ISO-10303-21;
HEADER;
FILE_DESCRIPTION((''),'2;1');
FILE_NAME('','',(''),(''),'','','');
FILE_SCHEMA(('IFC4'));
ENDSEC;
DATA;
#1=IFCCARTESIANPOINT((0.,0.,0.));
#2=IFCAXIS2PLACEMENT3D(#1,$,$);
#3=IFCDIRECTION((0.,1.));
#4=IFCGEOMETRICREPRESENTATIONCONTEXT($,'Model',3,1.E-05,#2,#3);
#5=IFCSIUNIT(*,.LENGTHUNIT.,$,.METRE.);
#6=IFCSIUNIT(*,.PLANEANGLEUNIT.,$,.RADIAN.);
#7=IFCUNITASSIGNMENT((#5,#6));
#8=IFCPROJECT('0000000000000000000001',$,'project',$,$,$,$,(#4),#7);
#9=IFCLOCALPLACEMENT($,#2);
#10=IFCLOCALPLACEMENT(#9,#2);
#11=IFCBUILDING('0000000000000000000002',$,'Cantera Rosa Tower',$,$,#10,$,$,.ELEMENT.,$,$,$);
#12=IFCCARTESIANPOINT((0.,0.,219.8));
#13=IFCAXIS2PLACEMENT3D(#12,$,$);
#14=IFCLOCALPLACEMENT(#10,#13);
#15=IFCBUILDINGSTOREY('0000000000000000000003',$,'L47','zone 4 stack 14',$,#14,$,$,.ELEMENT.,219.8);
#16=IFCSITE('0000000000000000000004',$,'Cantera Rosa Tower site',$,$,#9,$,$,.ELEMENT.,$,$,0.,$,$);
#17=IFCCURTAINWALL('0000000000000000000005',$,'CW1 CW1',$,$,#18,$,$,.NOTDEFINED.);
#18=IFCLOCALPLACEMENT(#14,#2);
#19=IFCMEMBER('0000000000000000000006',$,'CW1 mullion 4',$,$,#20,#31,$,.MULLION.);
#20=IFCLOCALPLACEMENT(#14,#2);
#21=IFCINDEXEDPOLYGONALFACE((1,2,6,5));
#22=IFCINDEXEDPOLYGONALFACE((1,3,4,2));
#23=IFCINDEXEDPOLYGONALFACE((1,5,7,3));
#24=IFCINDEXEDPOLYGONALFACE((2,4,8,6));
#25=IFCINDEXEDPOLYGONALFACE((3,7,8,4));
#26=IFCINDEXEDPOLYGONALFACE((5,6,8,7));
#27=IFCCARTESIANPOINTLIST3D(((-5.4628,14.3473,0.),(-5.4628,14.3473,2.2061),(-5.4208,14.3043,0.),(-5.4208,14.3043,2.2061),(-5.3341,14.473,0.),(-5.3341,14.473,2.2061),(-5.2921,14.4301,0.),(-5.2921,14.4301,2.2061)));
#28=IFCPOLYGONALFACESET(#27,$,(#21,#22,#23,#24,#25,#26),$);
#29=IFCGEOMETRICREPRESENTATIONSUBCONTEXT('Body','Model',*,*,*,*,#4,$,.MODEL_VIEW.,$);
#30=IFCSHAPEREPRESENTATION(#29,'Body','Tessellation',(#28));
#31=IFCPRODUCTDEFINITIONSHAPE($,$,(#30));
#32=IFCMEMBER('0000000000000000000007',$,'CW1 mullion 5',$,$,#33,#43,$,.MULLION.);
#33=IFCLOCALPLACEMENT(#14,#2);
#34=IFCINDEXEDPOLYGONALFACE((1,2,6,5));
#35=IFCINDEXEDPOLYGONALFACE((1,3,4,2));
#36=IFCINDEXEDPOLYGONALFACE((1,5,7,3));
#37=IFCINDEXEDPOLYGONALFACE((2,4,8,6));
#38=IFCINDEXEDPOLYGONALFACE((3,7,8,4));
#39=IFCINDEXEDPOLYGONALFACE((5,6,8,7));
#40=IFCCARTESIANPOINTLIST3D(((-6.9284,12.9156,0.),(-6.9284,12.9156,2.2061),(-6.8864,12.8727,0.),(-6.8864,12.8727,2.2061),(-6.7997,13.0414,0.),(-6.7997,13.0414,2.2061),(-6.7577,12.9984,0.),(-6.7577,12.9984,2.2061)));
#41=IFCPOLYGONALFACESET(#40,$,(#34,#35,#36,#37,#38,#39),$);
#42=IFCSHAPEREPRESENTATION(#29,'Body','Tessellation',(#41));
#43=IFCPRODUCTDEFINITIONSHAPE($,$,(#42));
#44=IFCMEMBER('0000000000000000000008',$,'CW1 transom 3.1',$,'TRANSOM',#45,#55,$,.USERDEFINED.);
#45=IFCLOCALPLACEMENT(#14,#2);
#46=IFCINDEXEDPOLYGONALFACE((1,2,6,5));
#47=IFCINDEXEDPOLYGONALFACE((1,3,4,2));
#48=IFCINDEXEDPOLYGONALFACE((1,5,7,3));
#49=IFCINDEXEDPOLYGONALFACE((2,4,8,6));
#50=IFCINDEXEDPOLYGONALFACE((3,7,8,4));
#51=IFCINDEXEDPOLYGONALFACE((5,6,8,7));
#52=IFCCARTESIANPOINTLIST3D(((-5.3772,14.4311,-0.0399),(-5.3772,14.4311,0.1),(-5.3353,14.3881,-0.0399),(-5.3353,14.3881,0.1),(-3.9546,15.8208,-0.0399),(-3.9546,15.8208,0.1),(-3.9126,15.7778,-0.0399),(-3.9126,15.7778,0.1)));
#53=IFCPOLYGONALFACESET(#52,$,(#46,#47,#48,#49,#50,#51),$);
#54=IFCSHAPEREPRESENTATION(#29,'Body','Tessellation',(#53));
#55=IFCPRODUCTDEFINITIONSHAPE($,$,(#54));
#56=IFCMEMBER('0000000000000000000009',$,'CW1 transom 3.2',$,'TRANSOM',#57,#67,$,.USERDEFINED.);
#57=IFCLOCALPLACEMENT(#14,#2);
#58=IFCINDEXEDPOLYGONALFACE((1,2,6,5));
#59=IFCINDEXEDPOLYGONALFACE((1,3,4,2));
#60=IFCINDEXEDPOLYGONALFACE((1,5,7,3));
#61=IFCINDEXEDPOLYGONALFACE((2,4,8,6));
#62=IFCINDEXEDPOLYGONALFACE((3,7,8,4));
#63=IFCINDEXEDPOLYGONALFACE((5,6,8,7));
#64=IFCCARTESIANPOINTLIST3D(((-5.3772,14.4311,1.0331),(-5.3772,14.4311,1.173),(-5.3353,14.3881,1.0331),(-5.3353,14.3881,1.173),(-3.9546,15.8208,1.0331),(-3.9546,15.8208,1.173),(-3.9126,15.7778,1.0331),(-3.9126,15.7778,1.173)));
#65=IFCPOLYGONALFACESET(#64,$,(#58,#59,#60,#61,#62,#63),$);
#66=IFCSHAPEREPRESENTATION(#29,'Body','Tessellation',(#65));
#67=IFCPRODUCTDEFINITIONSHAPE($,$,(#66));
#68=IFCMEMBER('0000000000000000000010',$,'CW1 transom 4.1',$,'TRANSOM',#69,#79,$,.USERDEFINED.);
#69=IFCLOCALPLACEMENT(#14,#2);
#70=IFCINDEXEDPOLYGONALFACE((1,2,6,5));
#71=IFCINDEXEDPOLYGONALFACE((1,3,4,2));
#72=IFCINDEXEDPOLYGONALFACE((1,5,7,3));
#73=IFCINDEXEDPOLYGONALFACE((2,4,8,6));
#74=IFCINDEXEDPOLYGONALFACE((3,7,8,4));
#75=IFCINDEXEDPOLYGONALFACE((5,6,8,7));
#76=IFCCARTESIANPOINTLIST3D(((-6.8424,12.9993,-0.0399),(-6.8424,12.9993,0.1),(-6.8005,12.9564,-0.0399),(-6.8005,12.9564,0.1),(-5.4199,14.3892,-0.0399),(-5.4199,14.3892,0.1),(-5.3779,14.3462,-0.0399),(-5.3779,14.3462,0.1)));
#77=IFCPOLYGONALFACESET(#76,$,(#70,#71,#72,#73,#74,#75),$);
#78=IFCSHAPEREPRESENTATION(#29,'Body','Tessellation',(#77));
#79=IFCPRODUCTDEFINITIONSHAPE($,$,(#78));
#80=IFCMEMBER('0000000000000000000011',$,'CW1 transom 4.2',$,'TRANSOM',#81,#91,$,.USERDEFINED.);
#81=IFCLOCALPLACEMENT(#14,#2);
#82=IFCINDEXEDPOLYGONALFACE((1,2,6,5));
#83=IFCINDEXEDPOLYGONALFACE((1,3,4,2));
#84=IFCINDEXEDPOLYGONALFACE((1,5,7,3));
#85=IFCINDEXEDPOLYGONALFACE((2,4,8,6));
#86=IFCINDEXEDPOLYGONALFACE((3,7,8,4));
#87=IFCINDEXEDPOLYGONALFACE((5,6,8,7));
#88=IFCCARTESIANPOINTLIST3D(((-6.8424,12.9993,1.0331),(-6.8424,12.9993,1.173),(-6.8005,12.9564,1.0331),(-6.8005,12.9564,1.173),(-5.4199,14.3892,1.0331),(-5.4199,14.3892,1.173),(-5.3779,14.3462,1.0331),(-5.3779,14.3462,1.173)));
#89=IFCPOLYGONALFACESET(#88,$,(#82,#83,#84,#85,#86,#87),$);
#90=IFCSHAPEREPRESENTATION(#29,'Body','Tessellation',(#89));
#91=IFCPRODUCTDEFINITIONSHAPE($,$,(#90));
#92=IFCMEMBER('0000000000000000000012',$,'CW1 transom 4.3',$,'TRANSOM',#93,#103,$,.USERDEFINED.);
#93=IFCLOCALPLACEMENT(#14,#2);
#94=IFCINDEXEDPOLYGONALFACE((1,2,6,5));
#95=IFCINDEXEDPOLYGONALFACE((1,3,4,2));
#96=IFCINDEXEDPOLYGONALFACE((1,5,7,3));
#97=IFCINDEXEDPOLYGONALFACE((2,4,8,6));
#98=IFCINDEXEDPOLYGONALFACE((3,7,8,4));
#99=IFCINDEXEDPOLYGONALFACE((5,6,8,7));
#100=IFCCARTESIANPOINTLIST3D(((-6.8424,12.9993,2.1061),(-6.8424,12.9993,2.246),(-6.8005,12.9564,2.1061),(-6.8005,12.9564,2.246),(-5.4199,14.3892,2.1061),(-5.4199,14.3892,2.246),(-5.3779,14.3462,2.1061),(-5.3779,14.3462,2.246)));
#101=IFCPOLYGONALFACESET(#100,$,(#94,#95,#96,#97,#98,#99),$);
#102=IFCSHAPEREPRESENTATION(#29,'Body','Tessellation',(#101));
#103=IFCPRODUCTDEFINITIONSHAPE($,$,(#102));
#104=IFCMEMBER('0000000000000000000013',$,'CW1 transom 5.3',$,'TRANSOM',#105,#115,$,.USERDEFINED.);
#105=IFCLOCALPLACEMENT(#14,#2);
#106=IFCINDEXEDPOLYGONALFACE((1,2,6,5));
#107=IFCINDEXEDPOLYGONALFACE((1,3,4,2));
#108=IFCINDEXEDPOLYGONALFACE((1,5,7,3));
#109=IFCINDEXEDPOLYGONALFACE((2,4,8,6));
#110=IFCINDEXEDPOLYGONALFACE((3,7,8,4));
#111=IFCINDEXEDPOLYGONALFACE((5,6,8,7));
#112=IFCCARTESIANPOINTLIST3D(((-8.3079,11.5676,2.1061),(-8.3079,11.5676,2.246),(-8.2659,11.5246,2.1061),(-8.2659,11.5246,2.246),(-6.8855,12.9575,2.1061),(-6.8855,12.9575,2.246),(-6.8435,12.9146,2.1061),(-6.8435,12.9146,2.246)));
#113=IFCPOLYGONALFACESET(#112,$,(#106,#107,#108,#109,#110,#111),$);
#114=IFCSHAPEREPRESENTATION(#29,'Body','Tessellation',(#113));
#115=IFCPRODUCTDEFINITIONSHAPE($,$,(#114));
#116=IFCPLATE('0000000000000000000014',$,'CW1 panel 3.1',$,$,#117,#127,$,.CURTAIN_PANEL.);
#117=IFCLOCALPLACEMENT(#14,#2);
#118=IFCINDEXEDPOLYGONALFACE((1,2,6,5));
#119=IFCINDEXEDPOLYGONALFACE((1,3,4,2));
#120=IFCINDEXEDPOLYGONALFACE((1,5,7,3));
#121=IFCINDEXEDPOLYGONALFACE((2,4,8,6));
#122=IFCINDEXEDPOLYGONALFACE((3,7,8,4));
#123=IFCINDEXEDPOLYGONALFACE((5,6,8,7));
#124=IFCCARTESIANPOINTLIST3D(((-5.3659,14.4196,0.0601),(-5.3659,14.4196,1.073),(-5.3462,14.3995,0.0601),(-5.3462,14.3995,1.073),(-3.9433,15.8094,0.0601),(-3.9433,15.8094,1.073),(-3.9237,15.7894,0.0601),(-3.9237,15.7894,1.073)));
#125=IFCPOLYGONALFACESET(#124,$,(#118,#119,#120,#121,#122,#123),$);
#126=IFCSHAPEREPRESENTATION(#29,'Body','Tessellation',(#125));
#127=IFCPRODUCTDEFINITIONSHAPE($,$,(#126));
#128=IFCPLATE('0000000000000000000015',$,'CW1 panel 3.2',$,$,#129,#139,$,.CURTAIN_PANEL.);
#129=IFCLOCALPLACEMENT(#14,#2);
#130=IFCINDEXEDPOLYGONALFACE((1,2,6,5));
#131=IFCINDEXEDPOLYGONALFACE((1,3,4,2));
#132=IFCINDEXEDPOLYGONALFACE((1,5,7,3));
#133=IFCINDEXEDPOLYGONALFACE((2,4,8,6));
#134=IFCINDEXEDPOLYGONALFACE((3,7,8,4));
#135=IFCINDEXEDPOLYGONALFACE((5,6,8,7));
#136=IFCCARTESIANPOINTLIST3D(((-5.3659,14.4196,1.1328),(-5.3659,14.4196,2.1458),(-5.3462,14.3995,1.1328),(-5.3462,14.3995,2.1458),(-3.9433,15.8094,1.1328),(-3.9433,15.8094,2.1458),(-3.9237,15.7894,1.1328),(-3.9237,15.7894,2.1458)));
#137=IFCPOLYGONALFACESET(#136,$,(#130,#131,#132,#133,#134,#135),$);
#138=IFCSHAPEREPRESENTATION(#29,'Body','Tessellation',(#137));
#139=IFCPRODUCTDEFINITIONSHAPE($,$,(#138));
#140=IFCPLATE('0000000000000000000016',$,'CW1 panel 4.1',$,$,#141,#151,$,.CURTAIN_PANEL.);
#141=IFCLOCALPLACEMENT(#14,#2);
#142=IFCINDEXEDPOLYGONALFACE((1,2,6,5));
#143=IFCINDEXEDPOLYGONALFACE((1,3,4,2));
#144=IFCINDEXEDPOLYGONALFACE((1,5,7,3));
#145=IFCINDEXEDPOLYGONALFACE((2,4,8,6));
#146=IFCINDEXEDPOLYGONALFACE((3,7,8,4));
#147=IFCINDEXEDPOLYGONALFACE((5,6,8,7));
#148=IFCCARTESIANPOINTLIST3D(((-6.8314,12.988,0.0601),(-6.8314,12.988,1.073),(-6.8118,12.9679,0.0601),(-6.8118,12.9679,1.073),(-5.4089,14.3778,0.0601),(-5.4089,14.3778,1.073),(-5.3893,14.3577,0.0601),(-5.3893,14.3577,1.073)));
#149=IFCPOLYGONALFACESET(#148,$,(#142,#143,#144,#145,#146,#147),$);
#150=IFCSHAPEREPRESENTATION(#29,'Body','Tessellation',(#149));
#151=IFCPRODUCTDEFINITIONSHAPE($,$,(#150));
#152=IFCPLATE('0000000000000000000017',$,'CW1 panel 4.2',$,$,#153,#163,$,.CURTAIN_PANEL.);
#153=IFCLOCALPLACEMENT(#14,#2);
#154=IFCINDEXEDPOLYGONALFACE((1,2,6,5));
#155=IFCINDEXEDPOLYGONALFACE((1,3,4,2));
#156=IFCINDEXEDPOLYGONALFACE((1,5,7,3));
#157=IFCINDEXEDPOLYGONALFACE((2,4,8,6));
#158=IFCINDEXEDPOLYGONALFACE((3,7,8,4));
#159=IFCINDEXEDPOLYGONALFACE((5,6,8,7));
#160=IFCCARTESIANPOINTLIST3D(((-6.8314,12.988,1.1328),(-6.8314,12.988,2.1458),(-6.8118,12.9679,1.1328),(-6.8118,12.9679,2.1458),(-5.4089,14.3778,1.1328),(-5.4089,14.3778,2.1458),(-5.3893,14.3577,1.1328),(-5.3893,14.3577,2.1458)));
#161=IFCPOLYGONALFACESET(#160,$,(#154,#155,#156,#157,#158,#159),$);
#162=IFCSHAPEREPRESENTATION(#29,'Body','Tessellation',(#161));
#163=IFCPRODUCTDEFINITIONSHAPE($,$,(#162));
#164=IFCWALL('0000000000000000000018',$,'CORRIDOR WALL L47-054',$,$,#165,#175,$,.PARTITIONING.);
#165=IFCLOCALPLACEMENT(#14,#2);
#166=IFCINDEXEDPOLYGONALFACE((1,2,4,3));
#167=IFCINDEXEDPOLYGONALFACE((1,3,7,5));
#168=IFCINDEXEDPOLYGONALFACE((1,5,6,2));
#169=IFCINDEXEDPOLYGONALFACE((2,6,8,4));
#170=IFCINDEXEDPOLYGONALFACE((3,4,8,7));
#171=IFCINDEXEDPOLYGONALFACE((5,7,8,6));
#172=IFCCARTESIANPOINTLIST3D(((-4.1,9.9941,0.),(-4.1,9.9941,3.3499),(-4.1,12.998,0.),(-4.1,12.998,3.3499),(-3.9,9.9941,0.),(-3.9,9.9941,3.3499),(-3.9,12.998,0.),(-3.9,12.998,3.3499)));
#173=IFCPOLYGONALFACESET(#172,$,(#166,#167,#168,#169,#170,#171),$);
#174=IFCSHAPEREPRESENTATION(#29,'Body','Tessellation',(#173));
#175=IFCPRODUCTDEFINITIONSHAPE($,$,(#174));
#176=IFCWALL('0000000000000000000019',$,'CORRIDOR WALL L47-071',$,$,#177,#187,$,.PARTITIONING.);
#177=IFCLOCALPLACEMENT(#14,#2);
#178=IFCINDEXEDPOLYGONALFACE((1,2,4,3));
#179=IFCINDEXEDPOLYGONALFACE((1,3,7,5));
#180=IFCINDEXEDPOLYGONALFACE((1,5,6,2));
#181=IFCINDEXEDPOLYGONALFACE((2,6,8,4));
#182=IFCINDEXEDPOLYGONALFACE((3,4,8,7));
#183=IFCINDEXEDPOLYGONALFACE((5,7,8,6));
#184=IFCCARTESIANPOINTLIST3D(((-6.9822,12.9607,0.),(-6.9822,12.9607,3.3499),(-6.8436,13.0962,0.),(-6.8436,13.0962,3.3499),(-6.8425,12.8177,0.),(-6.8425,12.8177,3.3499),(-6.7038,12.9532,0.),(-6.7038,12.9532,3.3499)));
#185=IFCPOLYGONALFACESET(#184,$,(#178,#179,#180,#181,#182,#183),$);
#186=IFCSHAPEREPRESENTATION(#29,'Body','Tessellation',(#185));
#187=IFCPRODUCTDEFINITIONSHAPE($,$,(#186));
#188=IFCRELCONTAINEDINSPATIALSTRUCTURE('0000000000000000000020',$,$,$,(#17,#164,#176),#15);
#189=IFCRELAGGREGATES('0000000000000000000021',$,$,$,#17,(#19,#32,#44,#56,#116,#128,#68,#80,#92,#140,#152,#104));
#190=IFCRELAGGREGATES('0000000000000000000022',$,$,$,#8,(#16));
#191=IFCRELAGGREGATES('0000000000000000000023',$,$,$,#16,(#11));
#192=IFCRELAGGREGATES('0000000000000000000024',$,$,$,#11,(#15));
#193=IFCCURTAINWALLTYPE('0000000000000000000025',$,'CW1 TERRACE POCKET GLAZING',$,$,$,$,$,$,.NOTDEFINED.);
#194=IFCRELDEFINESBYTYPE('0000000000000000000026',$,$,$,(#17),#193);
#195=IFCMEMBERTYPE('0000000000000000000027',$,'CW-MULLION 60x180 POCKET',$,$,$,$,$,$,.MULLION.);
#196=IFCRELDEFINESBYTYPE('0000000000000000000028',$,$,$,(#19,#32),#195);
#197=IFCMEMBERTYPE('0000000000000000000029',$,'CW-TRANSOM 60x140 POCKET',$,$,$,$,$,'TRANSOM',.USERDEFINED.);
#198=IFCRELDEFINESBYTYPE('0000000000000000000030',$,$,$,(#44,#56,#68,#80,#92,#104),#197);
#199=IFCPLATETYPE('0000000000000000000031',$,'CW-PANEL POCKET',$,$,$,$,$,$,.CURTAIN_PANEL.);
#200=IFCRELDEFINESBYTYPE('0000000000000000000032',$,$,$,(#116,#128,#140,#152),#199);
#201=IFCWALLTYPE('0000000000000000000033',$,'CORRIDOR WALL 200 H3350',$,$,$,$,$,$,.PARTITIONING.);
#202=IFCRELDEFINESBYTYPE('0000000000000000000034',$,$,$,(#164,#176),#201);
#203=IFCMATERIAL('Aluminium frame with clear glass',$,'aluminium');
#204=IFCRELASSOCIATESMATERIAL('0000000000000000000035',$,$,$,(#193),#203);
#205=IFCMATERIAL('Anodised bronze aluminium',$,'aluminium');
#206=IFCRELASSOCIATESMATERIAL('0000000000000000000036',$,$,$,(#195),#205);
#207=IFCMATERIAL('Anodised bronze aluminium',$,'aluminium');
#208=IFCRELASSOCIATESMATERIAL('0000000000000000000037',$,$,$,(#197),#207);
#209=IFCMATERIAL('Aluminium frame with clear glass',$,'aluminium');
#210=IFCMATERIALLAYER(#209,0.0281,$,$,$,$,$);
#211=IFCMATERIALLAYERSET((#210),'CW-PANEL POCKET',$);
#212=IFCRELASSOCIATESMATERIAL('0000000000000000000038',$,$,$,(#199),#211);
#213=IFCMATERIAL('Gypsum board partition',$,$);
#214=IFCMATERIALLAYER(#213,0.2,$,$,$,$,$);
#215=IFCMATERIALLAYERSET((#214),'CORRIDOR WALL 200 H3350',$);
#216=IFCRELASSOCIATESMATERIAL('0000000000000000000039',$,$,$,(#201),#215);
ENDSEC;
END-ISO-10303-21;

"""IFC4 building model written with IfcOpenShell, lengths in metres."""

from ifc_helpers import new_model, si_unit, direction, frame, frame_2d, origin, origin_2d, place, context, subcontext, project, spatial, rectangle, extrude, material, layer, layer_set, material_profile, profile_set, type_object, element, aggregate, save


model = new_model("IFC4")

# Units and contexts
model_context = context("Model", 3, precision=1e-05, world=origin(), true_north=direction((0.0, 1.0)))
body_context = subcontext(model_context, "Body", "Model", "MODEL_VIEW")
ifc_project = project(units=[si_unit("LENGTHUNIT", "METRE"), si_unit("PLANEANGLEUNIT", "RADIAN")], contexts=[model_context])

# Site, building, storey
site_placement = place(None, origin())
site = spatial("IfcSite", under=ifc_project, at=site_placement, Name="Cantera Rosa Tower site", CompositionType="ELEMENT", RefElevation=0.0)
building_placement = place(site_placement, origin())
building = spatial("IfcBuilding", under=site, at=building_placement, Name="Cantera Rosa Tower", CompositionType="ELEMENT")
storey_placement = place(building_placement, frame((0.0, 0.0, 219.8)))
storey = spatial("IfcBuildingStorey", under=building, at=storey_placement, Name="L47", Description="zone 4 stack 14", CompositionType="ELEMENT", Elevation=219.8)

# Curtain wall, members, plates
ifc_material_1 = material(Name="Aluminium frame with clear glass", Category="aluminium")
curtain_wall_type = type_object("IfcCurtainWallType", Name="CW1 TERRACE POCKET GLAZING", PredefinedType="NOTDEFINED", material=ifc_material_1)
curtain_wall_placement = place(storey_placement, origin())
curtain_wall = element("IfcCurtainWall", 1, at=curtain_wall_placement, inside=storey, type_object=curtain_wall_type, Name="CW1 CW1", PredefinedType="NOTDEFINED")
ifc_material_2 = material(Name="Anodised bronze aluminium", Category="aluminium")
ifc_material_profile_1 = material_profile(ifc_material_2, rectangle(XDim=0.0601, YDim=0.1799, at=origin_2d()), Name="CW-MULLION 60x180 POCKET")
ifc_profile_set_1 = profile_set([ifc_material_profile_1], Name="Anodised bronze aluminium")
member_type_1 = type_object("IfcMemberType", Name="CW-MULLION 60x180 POCKET", PredefinedType="MULLION", material=ifc_profile_set_1)
member_1_placement = place(storey_placement, frame((-5.3774, 14.3887, 0.0), z_axis=(0.0, 0.0, 1.0), x_axis=(0.698832, -0.715286, 0.0)))
member_1 = element("IfcMember", 2, at=member_1_placement, type_object=member_type_1, Name="CW1 mullion 4", PredefinedType="MULLION", context=body_context, shape_type="SweptSolid", body=[
    extrude(rectangle(XDim=0.0601, YDim=0.1799, at=origin_2d()), origin(), (0.0, 0.0, 1.0), 2.2061),
])
member_2_placement = place(storey_placement, frame((-6.843, 12.957, 0.0), z_axis=(0.0, 0.0, 1.0), x_axis=(0.698832, -0.715286, 0.0)))
member_2 = element("IfcMember", 3, at=member_2_placement, type_object=member_type_1, Name="CW1 mullion 5", PredefinedType="MULLION", context=body_context, shape_type="SweptSolid", body=[
    extrude(rectangle(XDim=0.0601, YDim=0.1799, at=origin_2d()), origin(), (0.0, 0.0, 1.0), 2.2061),
])
ifc_material_3 = material(Name="Anodised bronze aluminium", Category="aluminium")
ifc_material_profile_2 = material_profile(ifc_material_3, rectangle(XDim=0.0601, YDim=0.1399, at=origin_2d()), Name="CW-TRANSOM 60x140 POCKET")
ifc_profile_set_2 = profile_set([ifc_material_profile_2], Name="Anodised bronze aluminium")
member_type_2 = type_object("IfcMemberType", Name="CW-TRANSOM 60x140 POCKET", ElementType="TRANSOM", PredefinedType="USERDEFINED", material=ifc_profile_set_2)
member_3_placement = place(storey_placement, frame((-3.9336, 15.7993, 0.03), z_axis=(-0.715345, -0.698772, 0.0), x_axis=(0.698772, -0.715345, 0.0)))
member_3 = element("IfcMember", 4, at=member_3_placement, type_object=member_type_2, Name="CW1 transom 3.1", ObjectType="TRANSOM", PredefinedType="USERDEFINED", context=body_context, shape_type="SweptSolid", body=[
    extrude(rectangle(XDim=0.0601, YDim=0.1399, at=origin_2d()), origin(), (0.0, 0.0, 1.0), 1.9888),
])
member_4_placement = place(storey_placement, frame((-3.9336, 15.7993, 1.103), z_axis=(-0.715345, -0.698772, 0.0), x_axis=(0.698772, -0.715345, 0.0)))
member_4 = element("IfcMember", 5, at=member_4_placement, type_object=member_type_2, Name="CW1 transom 3.2", ObjectType="TRANSOM", PredefinedType="USERDEFINED", context=body_context, shape_type="SweptSolid", body=[
    extrude(rectangle(XDim=0.0601, YDim=0.1399, at=origin_2d()), origin(), (0.0, 0.0, 1.0), 1.9888),
])
member_5_placement = place(storey_placement, frame((-5.3989, 14.3677, 0.03), z_axis=(-0.715283, -0.698834, 0.0), x_axis=(0.698834, -0.715283, 0.0)))
member_5 = element("IfcMember", 6, at=member_5_placement, type_object=member_type_2, Name="CW1 transom 4.1", ObjectType="TRANSOM", PredefinedType="USERDEFINED", context=body_context, shape_type="SweptSolid", body=[
    extrude(rectangle(XDim=0.0601, YDim=0.1399, at=origin_2d()), origin(), (0.0, 0.0, 1.0), 1.9888),
])
member_6_placement = place(storey_placement, frame((-5.3989, 14.3677, 1.103), z_axis=(-0.715283, -0.698834, 0.0), x_axis=(0.698834, -0.715283, 0.0)))
member_6 = element("IfcMember", 7, at=member_6_placement, type_object=member_type_2, Name="CW1 transom 4.2", ObjectType="TRANSOM", PredefinedType="USERDEFINED", context=body_context, shape_type="SweptSolid", body=[
    extrude(rectangle(XDim=0.0601, YDim=0.1399, at=origin_2d()), origin(), (0.0, 0.0, 1.0), 1.9888),
])
member_7_placement = place(storey_placement, frame((-5.3989, 14.3677, 2.176), z_axis=(-0.715283, -0.698834, 0.0), x_axis=(0.698834, -0.715283, 0.0)))
member_7 = element("IfcMember", 8, at=member_7_placement, type_object=member_type_2, Name="CW1 transom 4.3", ObjectType="TRANSOM", PredefinedType="USERDEFINED", context=body_context, shape_type="SweptSolid", body=[
    extrude(rectangle(XDim=0.0601, YDim=0.1399, at=origin_2d()), origin(), (0.0, 0.0, 1.0), 1.9888),
])
member_8_placement = place(storey_placement, frame((-6.8645, 12.936, 2.176), z_axis=(-0.715223, -0.698896, 0.0), x_axis=(0.698896, -0.715223, 0.0)))
member_8 = element("IfcMember", 9, at=member_8_placement, type_object=member_type_2, Name="CW1 transom 5.3", ObjectType="TRANSOM", PredefinedType="USERDEFINED", context=body_context, shape_type="SweptSolid", body=[
    extrude(rectangle(XDim=0.0601, YDim=0.1399, at=origin_2d()), origin(), (0.0, 0.0, 1.0), 1.9888),
])
ifc_material_4 = material(Name="Aluminium frame with clear glass", Category="aluminium")
ifc_layer_1 = layer(ifc_material_4, 0.0281)
ifc_layer_set_1 = layer_set([ifc_layer_1], Name="CW-PANEL POCKET")
plate_type = type_object("IfcPlateType", Name="CW-PANEL POCKET", PredefinedType="CURTAIN_PANEL", material=ifc_layer_set_1)
plate_1_placement = place(storey_placement, frame((-4.6448, 15.1045, 0.0601), z_axis=(0.0, 0.0, 1.0), x_axis=(-0.715286, -0.698832, 0.0)))
plate_1 = element("IfcPlate", 10, at=plate_1_placement, type_object=plate_type, Name="CW1 panel 3.1", PredefinedType="CURTAIN_PANEL", context=body_context, shape_type="SweptSolid", body=[
    extrude(rectangle(XDim=1.9888, YDim=0.0281, at=origin_2d()), origin(), (0.0, 0.0, 1.0), 1.0129),
])
plate_2_placement = place(storey_placement, frame((-4.6448, 15.1045, 1.1328), z_axis=(0.0, 0.0, 1.0), x_axis=(-0.715286, -0.698832, 0.0)))
plate_2 = element("IfcPlate", 11, at=plate_2_placement, type_object=plate_type, Name="CW1 panel 3.2", PredefinedType="CURTAIN_PANEL", context=body_context, shape_type="SweptSolid", body=[
    extrude(rectangle(XDim=1.9888, YDim=0.0281, at=origin_2d()), origin(), (0.0, 0.0, 1.0), 1.0129),
])
plate_3_placement = place(storey_placement, frame((-6.1104, 13.6729, 0.0601), z_axis=(0.0, 0.0, 1.0), x_axis=(-0.715286, -0.698832, 0.0)))
plate_3 = element("IfcPlate", 12, at=plate_3_placement, type_object=plate_type, Name="CW1 panel 4.1", PredefinedType="CURTAIN_PANEL", context=body_context, shape_type="SweptSolid", body=[
    extrude(rectangle(XDim=1.9888, YDim=0.0281, at=origin_2d()), origin(), (0.0, 0.0, 1.0), 1.0129),
])
plate_4_placement = place(storey_placement, frame((-6.1104, 13.6729, 1.1328), z_axis=(0.0, 0.0, 1.0), x_axis=(-0.715286, -0.698832, 0.0)))
plate_4 = element("IfcPlate", 13, at=plate_4_placement, type_object=plate_type, Name="CW1 panel 4.2", PredefinedType="CURTAIN_PANEL", context=body_context, shape_type="SweptSolid", body=[
    extrude(rectangle(XDim=1.9888, YDim=0.0281, at=origin_2d()), origin(), (0.0, 0.0, 1.0), 1.0129),
])
aggregate(curtain_wall, [member_1, member_2, member_3, member_4, plate_1, plate_2, member_5, member_6, member_7, plate_3, plate_4, member_8])

# Walls
ifc_material_5 = material(Name="Gypsum board partition")
ifc_layer_2 = layer(ifc_material_5, 0.2)
ifc_layer_set_2 = layer_set([ifc_layer_2], Name="CORRIDOR WALL 200 H3350")
wall_type = type_object("IfcWallType", Name="CORRIDOR WALL 200 H3350", PredefinedType="PARTITIONING", material=ifc_layer_set_2)
wall_1_placement = place(storey_placement, frame((-4.0, 12.998, 0.0), z_axis=(0.0, 0.0, 1.0), x_axis=(0.0, -1.0, 0.0)))
element("IfcWall", 14, at=wall_1_placement, inside=storey, type_object=wall_type, Name="CORRIDOR WALL L47-054", PredefinedType="PARTITIONING", context=body_context, shape_type="SweptSolid", body=[
    extrude(rectangle(XDim=3.0039, YDim=0.2, at=frame_2d((1.502, 0.0))), origin(), (0.0, 0.0, 1.0), 3.3499),
])
wall_2_placement = place(storey_placement, frame((-6.7737, 13.0247, 0.0), z_axis=(0.0, 0.0, 1.0), x_axis=(-0.715244, -0.698874, 0.0)))
element("IfcWall", 15, at=wall_2_placement, inside=storey, type_object=wall_type, Name="CORRIDOR WALL L47-071", PredefinedType="PARTITIONING", context=body_context, shape_type="SweptSolid", body=[
    extrude(rectangle(XDim=0.1938, YDim=0.2, at=frame_2d((0.0969, 0.0))), origin(), (0.0, 0.0, 1.0), 3.3499),
])

save(model, "model.ifc")
